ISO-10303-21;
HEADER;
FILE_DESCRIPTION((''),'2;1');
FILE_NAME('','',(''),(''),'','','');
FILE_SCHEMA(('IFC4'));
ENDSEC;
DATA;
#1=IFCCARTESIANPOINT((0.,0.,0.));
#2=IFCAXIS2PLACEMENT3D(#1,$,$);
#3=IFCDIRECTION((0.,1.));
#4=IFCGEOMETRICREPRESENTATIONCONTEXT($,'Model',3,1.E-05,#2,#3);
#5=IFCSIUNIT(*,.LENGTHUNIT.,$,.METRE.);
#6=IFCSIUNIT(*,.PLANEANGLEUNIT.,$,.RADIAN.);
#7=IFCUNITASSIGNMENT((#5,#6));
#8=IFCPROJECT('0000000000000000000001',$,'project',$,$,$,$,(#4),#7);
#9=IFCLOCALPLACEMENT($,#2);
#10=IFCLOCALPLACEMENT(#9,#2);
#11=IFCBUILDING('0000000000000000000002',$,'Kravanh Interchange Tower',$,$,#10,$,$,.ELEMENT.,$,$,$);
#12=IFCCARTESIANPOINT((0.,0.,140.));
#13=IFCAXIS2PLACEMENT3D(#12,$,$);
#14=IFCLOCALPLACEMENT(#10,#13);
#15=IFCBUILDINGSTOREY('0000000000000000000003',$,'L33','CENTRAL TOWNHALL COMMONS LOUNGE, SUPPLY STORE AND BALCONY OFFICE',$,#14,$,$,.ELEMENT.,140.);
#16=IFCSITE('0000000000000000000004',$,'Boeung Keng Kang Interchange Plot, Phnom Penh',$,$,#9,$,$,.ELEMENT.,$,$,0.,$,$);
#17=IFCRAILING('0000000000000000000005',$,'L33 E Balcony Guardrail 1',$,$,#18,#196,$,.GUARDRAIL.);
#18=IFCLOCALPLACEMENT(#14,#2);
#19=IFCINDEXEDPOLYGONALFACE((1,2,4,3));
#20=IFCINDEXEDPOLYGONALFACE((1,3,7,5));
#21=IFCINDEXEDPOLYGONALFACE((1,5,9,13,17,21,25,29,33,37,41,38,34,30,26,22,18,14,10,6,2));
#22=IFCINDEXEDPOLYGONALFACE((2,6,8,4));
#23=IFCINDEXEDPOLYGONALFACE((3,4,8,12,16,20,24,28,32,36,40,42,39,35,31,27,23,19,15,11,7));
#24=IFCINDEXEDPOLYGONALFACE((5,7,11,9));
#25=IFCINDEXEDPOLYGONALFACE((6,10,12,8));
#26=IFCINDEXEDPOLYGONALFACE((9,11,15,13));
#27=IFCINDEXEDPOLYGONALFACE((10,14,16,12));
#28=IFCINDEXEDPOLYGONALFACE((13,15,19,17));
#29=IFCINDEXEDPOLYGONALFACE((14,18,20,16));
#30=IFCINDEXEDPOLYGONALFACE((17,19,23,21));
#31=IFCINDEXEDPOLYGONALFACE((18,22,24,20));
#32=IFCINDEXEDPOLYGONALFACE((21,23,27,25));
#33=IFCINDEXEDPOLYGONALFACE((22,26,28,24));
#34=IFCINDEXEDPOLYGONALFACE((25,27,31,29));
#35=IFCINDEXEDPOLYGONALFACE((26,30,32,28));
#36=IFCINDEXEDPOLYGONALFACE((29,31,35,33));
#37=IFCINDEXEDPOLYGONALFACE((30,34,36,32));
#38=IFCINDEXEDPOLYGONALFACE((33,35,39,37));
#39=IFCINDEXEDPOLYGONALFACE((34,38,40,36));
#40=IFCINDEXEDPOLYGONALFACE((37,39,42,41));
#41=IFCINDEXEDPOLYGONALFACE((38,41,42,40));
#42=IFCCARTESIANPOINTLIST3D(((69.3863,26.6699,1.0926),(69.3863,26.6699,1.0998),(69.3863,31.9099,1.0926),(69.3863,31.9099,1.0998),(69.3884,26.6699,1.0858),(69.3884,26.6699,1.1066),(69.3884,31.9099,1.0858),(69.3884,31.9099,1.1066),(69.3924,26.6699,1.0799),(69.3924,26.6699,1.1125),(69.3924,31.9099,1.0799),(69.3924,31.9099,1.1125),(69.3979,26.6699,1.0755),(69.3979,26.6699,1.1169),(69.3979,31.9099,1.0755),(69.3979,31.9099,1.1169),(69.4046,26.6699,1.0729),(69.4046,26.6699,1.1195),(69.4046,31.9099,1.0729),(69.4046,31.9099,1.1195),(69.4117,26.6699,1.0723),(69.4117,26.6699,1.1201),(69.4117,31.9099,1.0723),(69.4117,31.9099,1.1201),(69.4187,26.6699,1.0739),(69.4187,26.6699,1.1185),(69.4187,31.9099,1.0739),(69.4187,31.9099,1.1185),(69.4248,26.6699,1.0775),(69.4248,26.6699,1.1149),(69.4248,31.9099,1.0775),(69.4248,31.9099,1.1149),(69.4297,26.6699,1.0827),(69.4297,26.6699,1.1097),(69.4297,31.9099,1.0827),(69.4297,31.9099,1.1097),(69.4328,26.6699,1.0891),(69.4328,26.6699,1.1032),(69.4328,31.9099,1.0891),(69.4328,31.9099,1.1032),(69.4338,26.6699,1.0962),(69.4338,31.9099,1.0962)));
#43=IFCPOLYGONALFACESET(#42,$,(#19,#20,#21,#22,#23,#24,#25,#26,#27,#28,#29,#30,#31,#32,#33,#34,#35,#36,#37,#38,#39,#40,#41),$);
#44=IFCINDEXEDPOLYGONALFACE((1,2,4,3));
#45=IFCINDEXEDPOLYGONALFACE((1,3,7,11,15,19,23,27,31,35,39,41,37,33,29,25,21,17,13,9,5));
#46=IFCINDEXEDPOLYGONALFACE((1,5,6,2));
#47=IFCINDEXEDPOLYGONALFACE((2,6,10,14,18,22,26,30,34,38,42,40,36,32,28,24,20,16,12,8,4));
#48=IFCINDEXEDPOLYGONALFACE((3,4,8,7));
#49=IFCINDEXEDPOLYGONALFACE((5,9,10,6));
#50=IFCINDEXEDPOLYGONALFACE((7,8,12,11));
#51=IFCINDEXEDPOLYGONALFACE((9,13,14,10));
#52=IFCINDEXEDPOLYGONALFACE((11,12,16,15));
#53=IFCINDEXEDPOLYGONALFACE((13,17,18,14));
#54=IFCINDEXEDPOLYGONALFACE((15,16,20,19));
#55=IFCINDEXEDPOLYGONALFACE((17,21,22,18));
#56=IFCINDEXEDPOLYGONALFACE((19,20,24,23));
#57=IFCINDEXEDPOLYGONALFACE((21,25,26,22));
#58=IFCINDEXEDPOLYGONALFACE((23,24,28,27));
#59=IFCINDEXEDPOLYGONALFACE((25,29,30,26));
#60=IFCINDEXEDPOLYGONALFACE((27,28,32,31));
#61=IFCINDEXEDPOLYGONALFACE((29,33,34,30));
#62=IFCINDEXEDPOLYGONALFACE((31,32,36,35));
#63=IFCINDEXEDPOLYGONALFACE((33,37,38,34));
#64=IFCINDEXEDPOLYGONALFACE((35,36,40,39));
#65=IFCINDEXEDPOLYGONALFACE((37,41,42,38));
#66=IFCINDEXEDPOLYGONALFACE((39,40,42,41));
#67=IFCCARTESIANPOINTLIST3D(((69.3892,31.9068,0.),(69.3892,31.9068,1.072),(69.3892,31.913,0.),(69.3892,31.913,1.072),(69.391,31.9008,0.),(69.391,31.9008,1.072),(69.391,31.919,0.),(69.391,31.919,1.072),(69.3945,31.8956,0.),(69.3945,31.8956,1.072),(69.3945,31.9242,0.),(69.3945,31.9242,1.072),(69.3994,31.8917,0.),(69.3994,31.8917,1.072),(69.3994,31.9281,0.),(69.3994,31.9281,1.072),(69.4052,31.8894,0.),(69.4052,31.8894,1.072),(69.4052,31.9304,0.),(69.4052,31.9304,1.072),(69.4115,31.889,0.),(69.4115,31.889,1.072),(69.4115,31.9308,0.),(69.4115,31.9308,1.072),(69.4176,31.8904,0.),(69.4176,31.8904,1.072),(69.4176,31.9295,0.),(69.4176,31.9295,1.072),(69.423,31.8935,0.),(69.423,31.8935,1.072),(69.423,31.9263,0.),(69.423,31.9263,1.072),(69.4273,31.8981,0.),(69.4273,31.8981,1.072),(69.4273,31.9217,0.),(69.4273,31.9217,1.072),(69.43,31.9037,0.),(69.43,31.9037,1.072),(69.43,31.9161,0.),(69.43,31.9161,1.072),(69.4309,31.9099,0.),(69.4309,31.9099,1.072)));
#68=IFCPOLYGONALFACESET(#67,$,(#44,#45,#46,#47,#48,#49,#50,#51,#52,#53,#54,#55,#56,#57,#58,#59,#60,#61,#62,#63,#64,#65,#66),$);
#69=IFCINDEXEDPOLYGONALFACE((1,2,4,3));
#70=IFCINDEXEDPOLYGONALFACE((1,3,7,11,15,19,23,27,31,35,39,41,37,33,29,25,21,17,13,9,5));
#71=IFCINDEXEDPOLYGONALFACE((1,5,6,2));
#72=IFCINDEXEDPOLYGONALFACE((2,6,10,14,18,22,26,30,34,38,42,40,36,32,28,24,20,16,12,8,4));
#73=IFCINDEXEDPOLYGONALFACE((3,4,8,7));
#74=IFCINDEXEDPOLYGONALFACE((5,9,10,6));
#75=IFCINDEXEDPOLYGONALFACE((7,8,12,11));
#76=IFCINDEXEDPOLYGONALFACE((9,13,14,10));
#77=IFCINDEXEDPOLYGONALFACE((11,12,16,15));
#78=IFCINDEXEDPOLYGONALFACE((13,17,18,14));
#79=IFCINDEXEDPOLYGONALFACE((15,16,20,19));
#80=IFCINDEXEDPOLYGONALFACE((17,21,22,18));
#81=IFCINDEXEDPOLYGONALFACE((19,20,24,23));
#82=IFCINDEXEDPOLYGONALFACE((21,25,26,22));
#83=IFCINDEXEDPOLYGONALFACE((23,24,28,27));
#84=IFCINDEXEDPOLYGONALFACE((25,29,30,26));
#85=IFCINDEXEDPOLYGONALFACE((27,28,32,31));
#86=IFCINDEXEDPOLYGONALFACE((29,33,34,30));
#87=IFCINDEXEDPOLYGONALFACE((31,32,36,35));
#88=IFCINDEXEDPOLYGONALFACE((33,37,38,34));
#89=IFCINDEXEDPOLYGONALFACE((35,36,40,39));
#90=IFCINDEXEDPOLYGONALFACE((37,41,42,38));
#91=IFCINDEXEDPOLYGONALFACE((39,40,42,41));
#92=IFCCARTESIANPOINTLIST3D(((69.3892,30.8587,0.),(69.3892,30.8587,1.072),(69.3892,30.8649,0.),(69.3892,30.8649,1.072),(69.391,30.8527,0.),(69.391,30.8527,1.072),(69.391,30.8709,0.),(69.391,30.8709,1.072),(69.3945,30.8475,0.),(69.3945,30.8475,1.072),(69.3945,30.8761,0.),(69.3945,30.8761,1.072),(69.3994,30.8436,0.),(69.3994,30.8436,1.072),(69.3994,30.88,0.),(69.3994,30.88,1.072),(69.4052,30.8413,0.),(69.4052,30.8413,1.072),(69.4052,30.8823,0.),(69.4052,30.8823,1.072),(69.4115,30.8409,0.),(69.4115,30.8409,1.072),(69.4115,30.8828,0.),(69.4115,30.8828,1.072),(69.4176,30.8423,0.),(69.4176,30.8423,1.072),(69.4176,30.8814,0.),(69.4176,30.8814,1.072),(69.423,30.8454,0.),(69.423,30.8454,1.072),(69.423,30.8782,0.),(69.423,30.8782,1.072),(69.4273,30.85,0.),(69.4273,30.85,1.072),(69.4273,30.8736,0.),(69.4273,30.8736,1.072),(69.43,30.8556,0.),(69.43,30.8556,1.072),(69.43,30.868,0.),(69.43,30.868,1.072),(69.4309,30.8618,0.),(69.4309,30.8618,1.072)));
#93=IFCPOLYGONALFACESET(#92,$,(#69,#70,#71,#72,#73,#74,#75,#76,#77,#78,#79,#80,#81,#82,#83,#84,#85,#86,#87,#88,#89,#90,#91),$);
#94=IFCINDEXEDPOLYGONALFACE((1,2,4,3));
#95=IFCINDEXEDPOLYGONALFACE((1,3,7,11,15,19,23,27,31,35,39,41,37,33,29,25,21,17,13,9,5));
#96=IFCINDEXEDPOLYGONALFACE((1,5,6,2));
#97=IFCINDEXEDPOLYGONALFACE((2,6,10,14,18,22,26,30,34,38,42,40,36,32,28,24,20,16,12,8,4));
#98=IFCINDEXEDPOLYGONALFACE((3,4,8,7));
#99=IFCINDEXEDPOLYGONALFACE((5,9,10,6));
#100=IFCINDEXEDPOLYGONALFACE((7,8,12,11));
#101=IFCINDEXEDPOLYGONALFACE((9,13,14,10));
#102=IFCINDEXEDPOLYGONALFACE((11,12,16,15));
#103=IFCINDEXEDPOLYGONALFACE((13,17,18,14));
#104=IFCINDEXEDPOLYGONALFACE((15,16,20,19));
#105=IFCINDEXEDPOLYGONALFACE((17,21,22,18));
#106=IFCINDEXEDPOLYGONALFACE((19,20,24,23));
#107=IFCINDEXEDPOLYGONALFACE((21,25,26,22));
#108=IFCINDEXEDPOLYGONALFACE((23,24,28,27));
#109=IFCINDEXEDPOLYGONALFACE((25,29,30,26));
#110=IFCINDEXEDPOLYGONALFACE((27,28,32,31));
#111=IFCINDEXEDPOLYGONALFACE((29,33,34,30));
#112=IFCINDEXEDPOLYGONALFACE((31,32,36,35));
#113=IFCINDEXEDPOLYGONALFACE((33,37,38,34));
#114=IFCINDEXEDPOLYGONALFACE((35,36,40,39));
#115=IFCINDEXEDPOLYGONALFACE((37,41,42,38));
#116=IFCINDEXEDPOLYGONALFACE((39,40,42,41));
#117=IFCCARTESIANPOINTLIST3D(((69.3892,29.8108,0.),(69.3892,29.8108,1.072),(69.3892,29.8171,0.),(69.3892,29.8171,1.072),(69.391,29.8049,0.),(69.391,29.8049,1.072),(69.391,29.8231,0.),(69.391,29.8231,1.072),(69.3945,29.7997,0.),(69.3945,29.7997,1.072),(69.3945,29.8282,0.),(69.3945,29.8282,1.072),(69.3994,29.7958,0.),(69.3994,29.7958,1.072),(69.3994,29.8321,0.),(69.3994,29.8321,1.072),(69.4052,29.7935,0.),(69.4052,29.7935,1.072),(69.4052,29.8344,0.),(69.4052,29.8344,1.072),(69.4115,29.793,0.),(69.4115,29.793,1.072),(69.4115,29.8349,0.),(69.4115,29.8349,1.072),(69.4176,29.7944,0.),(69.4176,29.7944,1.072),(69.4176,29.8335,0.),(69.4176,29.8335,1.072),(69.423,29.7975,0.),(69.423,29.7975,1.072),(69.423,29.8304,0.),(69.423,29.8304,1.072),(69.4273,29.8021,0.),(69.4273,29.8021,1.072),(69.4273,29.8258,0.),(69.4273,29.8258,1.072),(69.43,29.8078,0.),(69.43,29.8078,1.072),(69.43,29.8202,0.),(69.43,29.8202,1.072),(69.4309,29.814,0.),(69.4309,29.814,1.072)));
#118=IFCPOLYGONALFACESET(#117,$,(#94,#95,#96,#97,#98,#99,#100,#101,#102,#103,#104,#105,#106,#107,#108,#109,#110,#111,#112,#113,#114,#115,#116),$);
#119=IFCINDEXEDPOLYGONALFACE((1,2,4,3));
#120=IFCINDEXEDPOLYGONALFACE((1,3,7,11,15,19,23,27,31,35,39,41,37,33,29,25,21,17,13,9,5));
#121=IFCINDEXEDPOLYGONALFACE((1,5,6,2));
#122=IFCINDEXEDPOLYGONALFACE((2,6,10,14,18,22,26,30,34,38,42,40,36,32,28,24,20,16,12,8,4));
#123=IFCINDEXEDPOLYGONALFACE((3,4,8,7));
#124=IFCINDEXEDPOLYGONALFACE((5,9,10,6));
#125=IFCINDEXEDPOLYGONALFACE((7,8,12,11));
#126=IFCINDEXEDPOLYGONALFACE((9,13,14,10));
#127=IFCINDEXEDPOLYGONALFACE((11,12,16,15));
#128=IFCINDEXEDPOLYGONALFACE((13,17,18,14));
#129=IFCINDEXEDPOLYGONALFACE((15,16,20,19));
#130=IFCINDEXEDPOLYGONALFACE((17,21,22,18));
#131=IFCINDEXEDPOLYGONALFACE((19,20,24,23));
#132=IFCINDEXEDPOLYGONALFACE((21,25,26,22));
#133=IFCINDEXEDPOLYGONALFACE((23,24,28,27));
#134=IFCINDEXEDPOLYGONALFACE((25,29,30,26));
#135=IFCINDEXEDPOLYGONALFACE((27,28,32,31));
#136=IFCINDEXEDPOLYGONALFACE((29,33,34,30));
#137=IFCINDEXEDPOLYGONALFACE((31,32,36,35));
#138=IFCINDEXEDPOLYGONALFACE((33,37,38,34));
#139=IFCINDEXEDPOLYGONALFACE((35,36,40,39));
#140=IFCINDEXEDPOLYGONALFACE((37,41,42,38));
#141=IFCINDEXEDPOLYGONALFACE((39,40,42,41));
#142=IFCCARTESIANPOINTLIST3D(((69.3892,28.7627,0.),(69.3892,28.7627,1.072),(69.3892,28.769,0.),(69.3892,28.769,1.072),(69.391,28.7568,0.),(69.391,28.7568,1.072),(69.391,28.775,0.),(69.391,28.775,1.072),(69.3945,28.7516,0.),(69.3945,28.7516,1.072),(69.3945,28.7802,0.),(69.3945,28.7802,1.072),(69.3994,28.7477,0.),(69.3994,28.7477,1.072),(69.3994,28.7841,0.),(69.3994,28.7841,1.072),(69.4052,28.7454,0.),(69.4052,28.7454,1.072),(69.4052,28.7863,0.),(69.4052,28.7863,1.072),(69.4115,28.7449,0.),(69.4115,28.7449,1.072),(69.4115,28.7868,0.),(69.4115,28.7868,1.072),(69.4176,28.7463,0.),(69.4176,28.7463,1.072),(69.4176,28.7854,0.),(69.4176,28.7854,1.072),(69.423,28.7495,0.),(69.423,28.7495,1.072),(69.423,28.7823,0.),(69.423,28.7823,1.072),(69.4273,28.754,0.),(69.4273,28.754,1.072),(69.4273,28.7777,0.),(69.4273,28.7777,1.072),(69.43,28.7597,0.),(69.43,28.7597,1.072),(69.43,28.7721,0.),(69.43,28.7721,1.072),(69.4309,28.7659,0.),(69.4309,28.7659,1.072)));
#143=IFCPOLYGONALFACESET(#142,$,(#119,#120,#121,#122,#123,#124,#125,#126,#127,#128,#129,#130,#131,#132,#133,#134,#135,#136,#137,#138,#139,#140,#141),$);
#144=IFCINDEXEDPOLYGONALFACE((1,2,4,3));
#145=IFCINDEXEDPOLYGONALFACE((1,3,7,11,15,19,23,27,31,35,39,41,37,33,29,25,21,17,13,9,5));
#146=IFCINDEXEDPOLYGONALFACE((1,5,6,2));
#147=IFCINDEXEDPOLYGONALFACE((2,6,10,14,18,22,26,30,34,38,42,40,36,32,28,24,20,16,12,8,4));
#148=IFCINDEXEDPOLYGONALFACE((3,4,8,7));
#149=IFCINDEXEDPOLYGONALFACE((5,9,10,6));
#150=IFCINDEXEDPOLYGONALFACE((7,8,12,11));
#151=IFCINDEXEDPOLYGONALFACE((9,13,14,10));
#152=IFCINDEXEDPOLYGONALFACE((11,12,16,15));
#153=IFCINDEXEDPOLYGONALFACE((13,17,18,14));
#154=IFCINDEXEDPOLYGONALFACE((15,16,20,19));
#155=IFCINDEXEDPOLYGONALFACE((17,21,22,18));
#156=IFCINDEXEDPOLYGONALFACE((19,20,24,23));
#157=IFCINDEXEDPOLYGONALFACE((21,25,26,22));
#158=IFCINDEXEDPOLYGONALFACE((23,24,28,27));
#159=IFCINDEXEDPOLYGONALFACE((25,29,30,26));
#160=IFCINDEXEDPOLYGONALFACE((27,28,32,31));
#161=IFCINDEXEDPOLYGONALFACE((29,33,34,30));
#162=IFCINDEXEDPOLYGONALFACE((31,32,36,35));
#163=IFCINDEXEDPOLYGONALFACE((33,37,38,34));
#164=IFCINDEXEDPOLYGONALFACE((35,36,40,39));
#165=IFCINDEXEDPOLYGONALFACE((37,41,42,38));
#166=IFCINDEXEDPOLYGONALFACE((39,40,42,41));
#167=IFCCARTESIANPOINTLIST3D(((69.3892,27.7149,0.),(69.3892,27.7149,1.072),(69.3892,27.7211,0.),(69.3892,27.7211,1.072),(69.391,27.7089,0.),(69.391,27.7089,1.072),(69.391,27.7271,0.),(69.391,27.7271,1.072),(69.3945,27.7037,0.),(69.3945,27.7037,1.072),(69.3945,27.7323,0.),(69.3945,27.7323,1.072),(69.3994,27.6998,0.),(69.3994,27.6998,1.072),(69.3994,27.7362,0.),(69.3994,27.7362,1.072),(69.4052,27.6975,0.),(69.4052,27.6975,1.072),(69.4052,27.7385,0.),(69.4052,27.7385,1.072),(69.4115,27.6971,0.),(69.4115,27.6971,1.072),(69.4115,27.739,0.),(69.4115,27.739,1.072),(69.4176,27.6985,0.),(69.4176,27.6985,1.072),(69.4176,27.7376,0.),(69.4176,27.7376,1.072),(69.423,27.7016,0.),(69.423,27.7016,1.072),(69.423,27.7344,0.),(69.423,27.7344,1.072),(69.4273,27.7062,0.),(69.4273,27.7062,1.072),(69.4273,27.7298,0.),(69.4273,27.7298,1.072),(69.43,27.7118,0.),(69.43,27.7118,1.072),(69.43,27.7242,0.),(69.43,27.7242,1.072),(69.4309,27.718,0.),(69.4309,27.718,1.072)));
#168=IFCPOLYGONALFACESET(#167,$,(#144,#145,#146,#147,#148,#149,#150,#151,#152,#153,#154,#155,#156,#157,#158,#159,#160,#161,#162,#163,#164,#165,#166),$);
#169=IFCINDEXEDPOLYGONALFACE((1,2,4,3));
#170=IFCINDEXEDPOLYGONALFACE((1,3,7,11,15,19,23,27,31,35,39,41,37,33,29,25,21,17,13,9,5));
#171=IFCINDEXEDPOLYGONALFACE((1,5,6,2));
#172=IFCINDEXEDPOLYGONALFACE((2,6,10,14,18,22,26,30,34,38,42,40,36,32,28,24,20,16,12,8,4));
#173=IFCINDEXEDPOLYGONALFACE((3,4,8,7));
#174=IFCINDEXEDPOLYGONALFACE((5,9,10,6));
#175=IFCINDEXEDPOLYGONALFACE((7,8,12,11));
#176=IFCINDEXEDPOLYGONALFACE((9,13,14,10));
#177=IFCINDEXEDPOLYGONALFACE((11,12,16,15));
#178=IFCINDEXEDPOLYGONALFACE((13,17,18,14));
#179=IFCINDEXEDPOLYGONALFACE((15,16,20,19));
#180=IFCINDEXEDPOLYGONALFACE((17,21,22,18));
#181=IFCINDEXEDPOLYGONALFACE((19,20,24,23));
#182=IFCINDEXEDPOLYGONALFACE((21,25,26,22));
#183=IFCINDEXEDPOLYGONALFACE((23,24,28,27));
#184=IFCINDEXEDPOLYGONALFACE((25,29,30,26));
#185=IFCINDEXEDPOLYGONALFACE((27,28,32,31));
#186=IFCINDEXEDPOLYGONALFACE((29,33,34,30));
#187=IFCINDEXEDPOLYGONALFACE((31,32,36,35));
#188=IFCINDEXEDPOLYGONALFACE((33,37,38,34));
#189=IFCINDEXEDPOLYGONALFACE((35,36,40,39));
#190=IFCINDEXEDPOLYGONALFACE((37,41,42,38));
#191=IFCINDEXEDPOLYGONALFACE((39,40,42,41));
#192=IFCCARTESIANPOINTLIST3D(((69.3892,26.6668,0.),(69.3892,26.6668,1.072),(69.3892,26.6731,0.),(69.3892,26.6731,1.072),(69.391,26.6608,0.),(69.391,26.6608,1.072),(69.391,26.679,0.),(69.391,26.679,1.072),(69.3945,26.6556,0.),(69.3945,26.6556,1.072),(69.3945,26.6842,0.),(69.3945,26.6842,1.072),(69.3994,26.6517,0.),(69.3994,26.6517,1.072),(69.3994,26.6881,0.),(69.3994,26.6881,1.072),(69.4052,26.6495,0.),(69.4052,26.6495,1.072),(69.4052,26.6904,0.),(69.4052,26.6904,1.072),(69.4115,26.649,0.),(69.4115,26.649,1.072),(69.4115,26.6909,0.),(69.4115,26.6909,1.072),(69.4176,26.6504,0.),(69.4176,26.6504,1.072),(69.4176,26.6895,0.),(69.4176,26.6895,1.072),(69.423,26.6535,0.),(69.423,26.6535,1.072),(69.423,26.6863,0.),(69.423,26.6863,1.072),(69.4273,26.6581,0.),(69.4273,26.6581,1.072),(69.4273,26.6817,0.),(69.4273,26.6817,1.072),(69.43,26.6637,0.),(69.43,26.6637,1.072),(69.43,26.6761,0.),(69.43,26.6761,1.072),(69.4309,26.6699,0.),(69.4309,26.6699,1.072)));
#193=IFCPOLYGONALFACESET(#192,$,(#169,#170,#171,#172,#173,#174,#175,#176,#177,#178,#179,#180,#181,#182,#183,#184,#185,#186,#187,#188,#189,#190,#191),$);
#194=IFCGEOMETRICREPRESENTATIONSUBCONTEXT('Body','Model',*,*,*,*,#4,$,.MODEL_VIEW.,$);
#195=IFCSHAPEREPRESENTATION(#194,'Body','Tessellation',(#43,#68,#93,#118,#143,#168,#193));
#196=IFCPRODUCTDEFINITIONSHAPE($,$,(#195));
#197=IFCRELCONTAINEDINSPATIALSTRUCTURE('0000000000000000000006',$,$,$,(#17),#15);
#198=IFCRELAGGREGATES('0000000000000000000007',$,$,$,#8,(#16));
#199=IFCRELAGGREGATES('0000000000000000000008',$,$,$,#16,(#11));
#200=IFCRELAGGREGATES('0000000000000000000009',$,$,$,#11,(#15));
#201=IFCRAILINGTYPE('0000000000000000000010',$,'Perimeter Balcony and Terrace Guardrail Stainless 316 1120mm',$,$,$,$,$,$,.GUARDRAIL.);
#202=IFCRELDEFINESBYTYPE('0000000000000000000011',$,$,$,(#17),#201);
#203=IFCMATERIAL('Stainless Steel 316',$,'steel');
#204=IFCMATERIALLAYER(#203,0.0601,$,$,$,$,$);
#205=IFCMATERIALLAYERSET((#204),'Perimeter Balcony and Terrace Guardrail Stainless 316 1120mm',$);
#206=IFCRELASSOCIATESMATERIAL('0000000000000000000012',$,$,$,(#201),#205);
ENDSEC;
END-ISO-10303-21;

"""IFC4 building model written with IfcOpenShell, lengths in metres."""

from ifc_helpers import new_model, si_unit, direction, frame, origin, origin_2d, place, context, subcontext, project, spatial, circle, extrude, material, layer, layer_set, type_object, element, save


model = new_model("IFC4")

# Units and contexts
model_context = context("Model", 3, precision=1e-05, world=origin(), true_north=direction((0.0, 1.0)))
body_context = subcontext(model_context, "Body", "Model", "MODEL_VIEW")
ifc_project = project(units=[si_unit("LENGTHUNIT", "METRE"), si_unit("PLANEANGLEUNIT", "RADIAN")], contexts=[model_context])

# Site, building, storey
site_placement = place(None, origin())
site = spatial("IfcSite", under=ifc_project, at=site_placement, Name="Boeung Keng Kang Interchange Plot, Phnom Penh", CompositionType="ELEMENT", RefElevation=0.0)
building_placement = place(site_placement, origin())
building = spatial("IfcBuilding", under=site, at=building_placement, Name="Kravanh Interchange Tower", CompositionType="ELEMENT")
storey_placement = place(building_placement, frame((0.0, 0.0, 140.0)))
storey = spatial("IfcBuildingStorey", under=building, at=storey_placement, Name="L33", Description="CENTRAL TOWNHALL COMMONS LOUNGE, SUPPLY STORE AND BALCONY OFFICE", CompositionType="ELEMENT", Elevation=140.0)

# Railing
ifc_material_1 = material(Name="Stainless Steel 316", Category="steel")
ifc_layer_1 = layer(ifc_material_1, 0.0601)
ifc_layer_set_1 = layer_set([ifc_layer_1], Name="Perimeter Balcony and Terrace Guardrail Stainless 316 1120mm")
railing_type = type_object("IfcRailingType", Name="Perimeter Balcony and Terrace Guardrail Stainless 316 1120mm", PredefinedType="GUARDRAIL", material=ifc_layer_set_1)
railing_1_placement = place(storey_placement, frame((69.4099, 31.9099, 0.0)))
element("IfcRailing", 1, at=railing_1_placement, inside=storey, type_object=railing_type, Name="L33 E Balcony Guardrail 1", PredefinedType="GUARDRAIL", context=body_context, shape_type="SweptSolid", body=[
    extrude(circle(Radius=0.0239, at=origin_2d()), frame((0.0, 0.0, 1.0962), z_axis=(0.0, -1.0, 0.0), x_axis=(1.0, 0.0, 0.0)), (0.0, 0.0, 1.0), 5.24),
    extrude(circle(Radius=0.021, at=origin_2d()), origin(), (0.0, 0.0, 1.0), 1.072),
    extrude(circle(Radius=0.021, at=origin_2d()), frame((0.0, -1.0481, 0.0)), (0.0, 0.0, 1.0), 1.072),
    extrude(circle(Radius=0.021, at=origin_2d()), frame((0.0, -2.0959, 0.0)), (0.0, 0.0, 1.0), 1.072),
    extrude(circle(Radius=0.021, at=origin_2d()), frame((0.0, -3.144, 0.0)), (0.0, 0.0, 1.0), 1.072),
    extrude(circle(Radius=0.021, at=origin_2d()), frame((0.0, -4.1919, 0.0)), (0.0, 0.0, 1.0), 1.072),
    extrude(circle(Radius=0.021, at=origin_2d()), frame((0.0, -5.24, 0.0)), (0.0, 0.0, 1.0), 1.072),
])

save(model, "model.ifc")
